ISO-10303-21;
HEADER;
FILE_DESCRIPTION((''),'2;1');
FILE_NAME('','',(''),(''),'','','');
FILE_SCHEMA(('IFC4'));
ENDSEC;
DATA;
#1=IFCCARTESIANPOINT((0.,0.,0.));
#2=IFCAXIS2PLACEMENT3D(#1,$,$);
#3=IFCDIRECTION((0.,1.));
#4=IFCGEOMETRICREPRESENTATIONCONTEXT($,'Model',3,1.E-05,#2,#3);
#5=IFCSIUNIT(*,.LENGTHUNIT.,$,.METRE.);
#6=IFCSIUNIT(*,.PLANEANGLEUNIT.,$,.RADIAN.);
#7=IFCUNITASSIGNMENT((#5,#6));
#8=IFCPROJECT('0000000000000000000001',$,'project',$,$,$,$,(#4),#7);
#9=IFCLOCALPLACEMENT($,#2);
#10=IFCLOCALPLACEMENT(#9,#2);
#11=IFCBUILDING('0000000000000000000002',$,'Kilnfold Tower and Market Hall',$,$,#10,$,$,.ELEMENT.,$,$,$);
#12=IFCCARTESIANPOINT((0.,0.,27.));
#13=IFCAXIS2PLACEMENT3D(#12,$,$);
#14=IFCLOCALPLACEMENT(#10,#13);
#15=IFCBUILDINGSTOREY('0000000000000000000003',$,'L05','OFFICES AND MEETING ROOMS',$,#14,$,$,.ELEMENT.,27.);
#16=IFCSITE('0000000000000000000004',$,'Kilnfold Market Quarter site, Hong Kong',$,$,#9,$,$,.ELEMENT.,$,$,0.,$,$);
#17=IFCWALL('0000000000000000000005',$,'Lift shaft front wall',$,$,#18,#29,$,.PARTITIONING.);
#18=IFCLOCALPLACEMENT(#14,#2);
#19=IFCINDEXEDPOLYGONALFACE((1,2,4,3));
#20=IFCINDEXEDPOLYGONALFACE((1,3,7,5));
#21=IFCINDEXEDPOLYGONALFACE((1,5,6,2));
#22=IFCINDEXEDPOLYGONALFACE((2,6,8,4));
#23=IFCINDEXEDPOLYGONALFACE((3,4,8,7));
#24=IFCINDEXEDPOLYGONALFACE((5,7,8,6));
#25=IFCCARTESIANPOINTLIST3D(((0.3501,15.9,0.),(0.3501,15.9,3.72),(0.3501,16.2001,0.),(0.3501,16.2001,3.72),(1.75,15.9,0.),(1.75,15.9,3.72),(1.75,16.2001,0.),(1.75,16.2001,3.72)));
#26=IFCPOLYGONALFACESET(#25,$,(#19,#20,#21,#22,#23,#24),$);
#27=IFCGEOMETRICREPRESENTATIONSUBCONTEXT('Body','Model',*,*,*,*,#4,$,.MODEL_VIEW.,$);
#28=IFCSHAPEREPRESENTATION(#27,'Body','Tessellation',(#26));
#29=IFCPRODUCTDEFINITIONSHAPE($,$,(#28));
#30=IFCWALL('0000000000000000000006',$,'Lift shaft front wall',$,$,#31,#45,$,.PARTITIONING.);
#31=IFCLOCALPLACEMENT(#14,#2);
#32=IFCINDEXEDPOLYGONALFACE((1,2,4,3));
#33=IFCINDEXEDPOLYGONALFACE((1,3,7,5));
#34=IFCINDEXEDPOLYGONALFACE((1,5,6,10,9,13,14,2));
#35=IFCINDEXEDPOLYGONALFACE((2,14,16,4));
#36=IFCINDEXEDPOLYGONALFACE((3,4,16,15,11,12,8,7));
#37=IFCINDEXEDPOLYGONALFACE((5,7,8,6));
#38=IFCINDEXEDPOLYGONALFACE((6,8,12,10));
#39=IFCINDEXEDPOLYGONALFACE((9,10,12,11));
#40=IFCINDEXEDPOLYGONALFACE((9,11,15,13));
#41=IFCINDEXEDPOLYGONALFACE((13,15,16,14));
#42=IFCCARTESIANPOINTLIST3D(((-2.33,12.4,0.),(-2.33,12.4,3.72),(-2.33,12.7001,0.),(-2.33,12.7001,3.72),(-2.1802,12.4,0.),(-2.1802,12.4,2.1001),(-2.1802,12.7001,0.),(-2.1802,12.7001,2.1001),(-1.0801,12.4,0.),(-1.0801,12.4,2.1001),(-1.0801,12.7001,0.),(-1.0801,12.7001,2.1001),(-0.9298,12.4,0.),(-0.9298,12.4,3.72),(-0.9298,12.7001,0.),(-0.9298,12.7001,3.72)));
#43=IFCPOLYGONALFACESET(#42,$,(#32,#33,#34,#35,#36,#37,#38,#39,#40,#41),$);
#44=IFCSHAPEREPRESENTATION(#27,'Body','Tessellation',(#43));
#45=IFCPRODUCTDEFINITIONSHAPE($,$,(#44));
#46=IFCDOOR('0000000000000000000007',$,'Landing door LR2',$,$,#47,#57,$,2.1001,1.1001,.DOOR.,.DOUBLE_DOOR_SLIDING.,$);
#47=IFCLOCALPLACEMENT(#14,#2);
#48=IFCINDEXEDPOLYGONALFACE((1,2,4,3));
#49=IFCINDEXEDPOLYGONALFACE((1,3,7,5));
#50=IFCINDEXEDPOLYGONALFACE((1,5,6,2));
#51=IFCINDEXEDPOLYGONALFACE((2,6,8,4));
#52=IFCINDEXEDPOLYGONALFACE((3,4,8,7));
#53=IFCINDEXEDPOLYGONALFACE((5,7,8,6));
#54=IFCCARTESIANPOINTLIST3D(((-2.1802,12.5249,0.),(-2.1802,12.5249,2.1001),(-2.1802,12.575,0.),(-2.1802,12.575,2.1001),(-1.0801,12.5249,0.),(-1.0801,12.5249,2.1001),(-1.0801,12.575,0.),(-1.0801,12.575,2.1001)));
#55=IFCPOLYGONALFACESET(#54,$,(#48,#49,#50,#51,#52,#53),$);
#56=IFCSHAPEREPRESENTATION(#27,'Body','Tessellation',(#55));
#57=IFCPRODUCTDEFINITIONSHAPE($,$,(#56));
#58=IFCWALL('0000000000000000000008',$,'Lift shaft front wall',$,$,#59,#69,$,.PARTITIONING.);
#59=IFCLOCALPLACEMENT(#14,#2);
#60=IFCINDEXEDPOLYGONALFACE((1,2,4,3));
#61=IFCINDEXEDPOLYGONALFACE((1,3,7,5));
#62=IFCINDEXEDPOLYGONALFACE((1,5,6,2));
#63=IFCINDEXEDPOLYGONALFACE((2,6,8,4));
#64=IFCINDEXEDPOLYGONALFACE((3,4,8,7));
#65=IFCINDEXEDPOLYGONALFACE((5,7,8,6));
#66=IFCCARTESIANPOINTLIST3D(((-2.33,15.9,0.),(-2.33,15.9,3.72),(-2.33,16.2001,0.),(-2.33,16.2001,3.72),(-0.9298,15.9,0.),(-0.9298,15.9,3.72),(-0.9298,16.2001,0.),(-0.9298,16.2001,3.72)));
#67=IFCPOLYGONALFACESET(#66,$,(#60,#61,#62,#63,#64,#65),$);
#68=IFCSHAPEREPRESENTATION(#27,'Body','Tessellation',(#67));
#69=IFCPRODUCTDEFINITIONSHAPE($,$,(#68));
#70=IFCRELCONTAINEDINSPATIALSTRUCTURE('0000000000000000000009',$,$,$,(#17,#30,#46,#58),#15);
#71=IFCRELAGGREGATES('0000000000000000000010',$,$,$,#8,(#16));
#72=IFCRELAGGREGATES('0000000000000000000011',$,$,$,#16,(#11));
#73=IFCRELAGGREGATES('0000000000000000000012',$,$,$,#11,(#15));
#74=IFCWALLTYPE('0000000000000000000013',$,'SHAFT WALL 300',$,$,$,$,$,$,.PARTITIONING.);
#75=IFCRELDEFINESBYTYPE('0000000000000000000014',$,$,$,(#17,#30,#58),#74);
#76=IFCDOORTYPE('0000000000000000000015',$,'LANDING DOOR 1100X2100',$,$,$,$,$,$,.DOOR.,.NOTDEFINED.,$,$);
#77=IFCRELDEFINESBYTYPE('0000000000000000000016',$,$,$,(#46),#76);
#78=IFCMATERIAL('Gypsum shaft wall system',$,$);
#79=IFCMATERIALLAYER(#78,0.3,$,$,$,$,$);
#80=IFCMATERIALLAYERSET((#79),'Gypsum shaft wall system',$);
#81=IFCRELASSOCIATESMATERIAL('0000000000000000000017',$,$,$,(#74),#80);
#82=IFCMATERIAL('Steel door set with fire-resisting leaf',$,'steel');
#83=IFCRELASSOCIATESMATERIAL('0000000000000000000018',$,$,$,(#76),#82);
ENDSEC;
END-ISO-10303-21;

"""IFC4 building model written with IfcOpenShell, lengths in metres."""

from ifc_helpers import new_model, si_unit, direction, frame, frame_2d, origin, place, context, subcontext, project, spatial, rectangle, extrude, source, transform, mapped, material, layer, layer_set, type_object, element, fill, save


model = new_model("IFC4")

# Units and contexts
model_context = context("Model", 3, precision=1e-05, world=origin(), true_north=direction((0.0, 1.0)))
body_context = subcontext(model_context, "Body", "Model", "MODEL_VIEW")
ifc_project = project(units=[si_unit("LENGTHUNIT", "METRE"), si_unit("PLANEANGLEUNIT", "RADIAN")], contexts=[model_context])

# Site, building, storey
site_placement = place(None, origin())
site = spatial("IfcSite", under=ifc_project, at=site_placement, Name="Kilnfold Market Quarter site, Hong Kong", CompositionType="ELEMENT", RefElevation=0.0)
building_placement = place(site_placement, origin())
building = spatial("IfcBuilding", under=site, at=building_placement, Name="Kilnfold Tower and Market Hall", CompositionType="ELEMENT")
storey_placement = place(building_placement, frame((0.0, 0.0, 27.0)))
storey = spatial("IfcBuildingStorey", under=building, at=storey_placement, Name="L05", Description="OFFICES AND MEETING ROOMS", CompositionType="ELEMENT", Elevation=27.0)

# Shared definitions
ifc_material_1 = material(Name="Gypsum shaft wall system")
ifc_layer_1 = layer(ifc_material_1, 0.3)
ifc_layer_set_1 = layer_set([ifc_layer_1], Name="Gypsum shaft wall system")
wall_type_1 = type_object("IfcWallType", Name="SHAFT WALL 300", PredefinedType="PARTITIONING", material=ifc_layer_set_1)
shared_shape_1 = source(origin(), body_context, "Body", "SweptSolid", [
    extrude(rectangle(XDim=1.3999, YDim=0.3, at=frame_2d((0.7, 0.0))), origin(), (0.0, 0.0, 1.0), 3.72),
])
ifc_material_2 = material(Name="Steel door set with fire-resisting leaf", Category="steel")
door_type = type_object("IfcDoorType", Name="LANDING DOOR 1100X2100", OperationType="NOTDEFINED", PredefinedType="DOOR", material=ifc_material_2)

# Wall
for number, where, z_axis, x_axis, name in (
    (1, (0.3501, 16.05, 0.0), (0.0, 0.0, 1.0), (1.0, 0.0, 0.0), "Lift shaft front wall"),
):
    element("IfcWall", number, at=place(storey_placement, frame(where, z_axis=z_axis, x_axis=x_axis)), inside=storey, type_object=wall_type_1, Name=name, PredefinedType="PARTITIONING", context=body_context, shape_type="MappedRepresentation", body=[
        mapped(shared_shape_1, transform((0.0, 0.0, 0.0))),
    ])

# Wall, opening, door
shared_shape_2 = source(origin(), body_context, "Body", "SweptSolid", [
    extrude(rectangle(XDim=1.4001, YDim=0.3, at=frame_2d((0.7002, 0.0))), origin(), (0.0, 0.0, 1.0), 3.72),
])
wall_1_placement = place(storey_placement, frame((-2.3301, 12.55, 0.0), z_axis=(0.0, 0.0, 1.0), x_axis=(1.0, 0.0, 0.0)))
wall_1 = element("IfcWall", 2, at=wall_1_placement, inside=storey, type_object=wall_type_1, Name="Lift shaft front wall", PredefinedType="PARTITIONING", context=body_context, shape_type="MappedRepresentation", body=[
    mapped(shared_shape_2, transform((0.0, 0.0, 0.0))),
])
opening_1_placement = place(wall_1_placement, frame((0.1499, 0.0, 0.0)))
opening_1 = element("IfcOpeningElement", 3, at=opening_1_placement, cuts=wall_1, PredefinedType="OPENING", context=body_context, shape_type="SweptSolid", body=[
    extrude(rectangle(XDim=1.1001, YDim=2.1001, at=frame_2d((0.55, 1.05))), frame((0.0, 0.1602, 0.0), z_axis=(0.0, -1.0, 0.0), x_axis=(1.0, 0.0, 0.0)), (0.0, 0.0, 1.0), 0.3201),
])
door_1_placement = place(opening_1_placement, origin())
door_1 = element("IfcDoor", 4, at=door_1_placement, inside=storey, type_object=door_type, Name="Landing door LR2", OperationType="DOUBLE_DOOR_SLIDING", OverallHeight=2.1001, OverallWidth=1.1001, PredefinedType="DOOR", context=body_context, shape_type="SweptSolid", body=[
    extrude(rectangle(XDim=1.1001, YDim=2.1001, at=frame_2d((0.55, 1.05))), frame((0.0, 0.0249, 0.0), z_axis=(0.0, -1.0, 0.0), x_axis=(1.0, 0.0, 0.0)), (0.0, 0.0, 1.0), 0.05),
])
fill(opening_1, door_1)

# Wall
wall_2_placement = place(storey_placement, frame((-2.3301, 16.05, 0.0), z_axis=(0.0, 0.0, 1.0), x_axis=(1.0, 0.0, 0.0)))
element("IfcWall", 5, at=wall_2_placement, inside=storey, type_object=wall_type_1, Name="Lift shaft front wall", PredefinedType="PARTITIONING", context=body_context, shape_type="MappedRepresentation", body=[
    mapped(shared_shape_2, transform((0.0, 0.0, 0.0))),
])

save(model, "model.ifc")
